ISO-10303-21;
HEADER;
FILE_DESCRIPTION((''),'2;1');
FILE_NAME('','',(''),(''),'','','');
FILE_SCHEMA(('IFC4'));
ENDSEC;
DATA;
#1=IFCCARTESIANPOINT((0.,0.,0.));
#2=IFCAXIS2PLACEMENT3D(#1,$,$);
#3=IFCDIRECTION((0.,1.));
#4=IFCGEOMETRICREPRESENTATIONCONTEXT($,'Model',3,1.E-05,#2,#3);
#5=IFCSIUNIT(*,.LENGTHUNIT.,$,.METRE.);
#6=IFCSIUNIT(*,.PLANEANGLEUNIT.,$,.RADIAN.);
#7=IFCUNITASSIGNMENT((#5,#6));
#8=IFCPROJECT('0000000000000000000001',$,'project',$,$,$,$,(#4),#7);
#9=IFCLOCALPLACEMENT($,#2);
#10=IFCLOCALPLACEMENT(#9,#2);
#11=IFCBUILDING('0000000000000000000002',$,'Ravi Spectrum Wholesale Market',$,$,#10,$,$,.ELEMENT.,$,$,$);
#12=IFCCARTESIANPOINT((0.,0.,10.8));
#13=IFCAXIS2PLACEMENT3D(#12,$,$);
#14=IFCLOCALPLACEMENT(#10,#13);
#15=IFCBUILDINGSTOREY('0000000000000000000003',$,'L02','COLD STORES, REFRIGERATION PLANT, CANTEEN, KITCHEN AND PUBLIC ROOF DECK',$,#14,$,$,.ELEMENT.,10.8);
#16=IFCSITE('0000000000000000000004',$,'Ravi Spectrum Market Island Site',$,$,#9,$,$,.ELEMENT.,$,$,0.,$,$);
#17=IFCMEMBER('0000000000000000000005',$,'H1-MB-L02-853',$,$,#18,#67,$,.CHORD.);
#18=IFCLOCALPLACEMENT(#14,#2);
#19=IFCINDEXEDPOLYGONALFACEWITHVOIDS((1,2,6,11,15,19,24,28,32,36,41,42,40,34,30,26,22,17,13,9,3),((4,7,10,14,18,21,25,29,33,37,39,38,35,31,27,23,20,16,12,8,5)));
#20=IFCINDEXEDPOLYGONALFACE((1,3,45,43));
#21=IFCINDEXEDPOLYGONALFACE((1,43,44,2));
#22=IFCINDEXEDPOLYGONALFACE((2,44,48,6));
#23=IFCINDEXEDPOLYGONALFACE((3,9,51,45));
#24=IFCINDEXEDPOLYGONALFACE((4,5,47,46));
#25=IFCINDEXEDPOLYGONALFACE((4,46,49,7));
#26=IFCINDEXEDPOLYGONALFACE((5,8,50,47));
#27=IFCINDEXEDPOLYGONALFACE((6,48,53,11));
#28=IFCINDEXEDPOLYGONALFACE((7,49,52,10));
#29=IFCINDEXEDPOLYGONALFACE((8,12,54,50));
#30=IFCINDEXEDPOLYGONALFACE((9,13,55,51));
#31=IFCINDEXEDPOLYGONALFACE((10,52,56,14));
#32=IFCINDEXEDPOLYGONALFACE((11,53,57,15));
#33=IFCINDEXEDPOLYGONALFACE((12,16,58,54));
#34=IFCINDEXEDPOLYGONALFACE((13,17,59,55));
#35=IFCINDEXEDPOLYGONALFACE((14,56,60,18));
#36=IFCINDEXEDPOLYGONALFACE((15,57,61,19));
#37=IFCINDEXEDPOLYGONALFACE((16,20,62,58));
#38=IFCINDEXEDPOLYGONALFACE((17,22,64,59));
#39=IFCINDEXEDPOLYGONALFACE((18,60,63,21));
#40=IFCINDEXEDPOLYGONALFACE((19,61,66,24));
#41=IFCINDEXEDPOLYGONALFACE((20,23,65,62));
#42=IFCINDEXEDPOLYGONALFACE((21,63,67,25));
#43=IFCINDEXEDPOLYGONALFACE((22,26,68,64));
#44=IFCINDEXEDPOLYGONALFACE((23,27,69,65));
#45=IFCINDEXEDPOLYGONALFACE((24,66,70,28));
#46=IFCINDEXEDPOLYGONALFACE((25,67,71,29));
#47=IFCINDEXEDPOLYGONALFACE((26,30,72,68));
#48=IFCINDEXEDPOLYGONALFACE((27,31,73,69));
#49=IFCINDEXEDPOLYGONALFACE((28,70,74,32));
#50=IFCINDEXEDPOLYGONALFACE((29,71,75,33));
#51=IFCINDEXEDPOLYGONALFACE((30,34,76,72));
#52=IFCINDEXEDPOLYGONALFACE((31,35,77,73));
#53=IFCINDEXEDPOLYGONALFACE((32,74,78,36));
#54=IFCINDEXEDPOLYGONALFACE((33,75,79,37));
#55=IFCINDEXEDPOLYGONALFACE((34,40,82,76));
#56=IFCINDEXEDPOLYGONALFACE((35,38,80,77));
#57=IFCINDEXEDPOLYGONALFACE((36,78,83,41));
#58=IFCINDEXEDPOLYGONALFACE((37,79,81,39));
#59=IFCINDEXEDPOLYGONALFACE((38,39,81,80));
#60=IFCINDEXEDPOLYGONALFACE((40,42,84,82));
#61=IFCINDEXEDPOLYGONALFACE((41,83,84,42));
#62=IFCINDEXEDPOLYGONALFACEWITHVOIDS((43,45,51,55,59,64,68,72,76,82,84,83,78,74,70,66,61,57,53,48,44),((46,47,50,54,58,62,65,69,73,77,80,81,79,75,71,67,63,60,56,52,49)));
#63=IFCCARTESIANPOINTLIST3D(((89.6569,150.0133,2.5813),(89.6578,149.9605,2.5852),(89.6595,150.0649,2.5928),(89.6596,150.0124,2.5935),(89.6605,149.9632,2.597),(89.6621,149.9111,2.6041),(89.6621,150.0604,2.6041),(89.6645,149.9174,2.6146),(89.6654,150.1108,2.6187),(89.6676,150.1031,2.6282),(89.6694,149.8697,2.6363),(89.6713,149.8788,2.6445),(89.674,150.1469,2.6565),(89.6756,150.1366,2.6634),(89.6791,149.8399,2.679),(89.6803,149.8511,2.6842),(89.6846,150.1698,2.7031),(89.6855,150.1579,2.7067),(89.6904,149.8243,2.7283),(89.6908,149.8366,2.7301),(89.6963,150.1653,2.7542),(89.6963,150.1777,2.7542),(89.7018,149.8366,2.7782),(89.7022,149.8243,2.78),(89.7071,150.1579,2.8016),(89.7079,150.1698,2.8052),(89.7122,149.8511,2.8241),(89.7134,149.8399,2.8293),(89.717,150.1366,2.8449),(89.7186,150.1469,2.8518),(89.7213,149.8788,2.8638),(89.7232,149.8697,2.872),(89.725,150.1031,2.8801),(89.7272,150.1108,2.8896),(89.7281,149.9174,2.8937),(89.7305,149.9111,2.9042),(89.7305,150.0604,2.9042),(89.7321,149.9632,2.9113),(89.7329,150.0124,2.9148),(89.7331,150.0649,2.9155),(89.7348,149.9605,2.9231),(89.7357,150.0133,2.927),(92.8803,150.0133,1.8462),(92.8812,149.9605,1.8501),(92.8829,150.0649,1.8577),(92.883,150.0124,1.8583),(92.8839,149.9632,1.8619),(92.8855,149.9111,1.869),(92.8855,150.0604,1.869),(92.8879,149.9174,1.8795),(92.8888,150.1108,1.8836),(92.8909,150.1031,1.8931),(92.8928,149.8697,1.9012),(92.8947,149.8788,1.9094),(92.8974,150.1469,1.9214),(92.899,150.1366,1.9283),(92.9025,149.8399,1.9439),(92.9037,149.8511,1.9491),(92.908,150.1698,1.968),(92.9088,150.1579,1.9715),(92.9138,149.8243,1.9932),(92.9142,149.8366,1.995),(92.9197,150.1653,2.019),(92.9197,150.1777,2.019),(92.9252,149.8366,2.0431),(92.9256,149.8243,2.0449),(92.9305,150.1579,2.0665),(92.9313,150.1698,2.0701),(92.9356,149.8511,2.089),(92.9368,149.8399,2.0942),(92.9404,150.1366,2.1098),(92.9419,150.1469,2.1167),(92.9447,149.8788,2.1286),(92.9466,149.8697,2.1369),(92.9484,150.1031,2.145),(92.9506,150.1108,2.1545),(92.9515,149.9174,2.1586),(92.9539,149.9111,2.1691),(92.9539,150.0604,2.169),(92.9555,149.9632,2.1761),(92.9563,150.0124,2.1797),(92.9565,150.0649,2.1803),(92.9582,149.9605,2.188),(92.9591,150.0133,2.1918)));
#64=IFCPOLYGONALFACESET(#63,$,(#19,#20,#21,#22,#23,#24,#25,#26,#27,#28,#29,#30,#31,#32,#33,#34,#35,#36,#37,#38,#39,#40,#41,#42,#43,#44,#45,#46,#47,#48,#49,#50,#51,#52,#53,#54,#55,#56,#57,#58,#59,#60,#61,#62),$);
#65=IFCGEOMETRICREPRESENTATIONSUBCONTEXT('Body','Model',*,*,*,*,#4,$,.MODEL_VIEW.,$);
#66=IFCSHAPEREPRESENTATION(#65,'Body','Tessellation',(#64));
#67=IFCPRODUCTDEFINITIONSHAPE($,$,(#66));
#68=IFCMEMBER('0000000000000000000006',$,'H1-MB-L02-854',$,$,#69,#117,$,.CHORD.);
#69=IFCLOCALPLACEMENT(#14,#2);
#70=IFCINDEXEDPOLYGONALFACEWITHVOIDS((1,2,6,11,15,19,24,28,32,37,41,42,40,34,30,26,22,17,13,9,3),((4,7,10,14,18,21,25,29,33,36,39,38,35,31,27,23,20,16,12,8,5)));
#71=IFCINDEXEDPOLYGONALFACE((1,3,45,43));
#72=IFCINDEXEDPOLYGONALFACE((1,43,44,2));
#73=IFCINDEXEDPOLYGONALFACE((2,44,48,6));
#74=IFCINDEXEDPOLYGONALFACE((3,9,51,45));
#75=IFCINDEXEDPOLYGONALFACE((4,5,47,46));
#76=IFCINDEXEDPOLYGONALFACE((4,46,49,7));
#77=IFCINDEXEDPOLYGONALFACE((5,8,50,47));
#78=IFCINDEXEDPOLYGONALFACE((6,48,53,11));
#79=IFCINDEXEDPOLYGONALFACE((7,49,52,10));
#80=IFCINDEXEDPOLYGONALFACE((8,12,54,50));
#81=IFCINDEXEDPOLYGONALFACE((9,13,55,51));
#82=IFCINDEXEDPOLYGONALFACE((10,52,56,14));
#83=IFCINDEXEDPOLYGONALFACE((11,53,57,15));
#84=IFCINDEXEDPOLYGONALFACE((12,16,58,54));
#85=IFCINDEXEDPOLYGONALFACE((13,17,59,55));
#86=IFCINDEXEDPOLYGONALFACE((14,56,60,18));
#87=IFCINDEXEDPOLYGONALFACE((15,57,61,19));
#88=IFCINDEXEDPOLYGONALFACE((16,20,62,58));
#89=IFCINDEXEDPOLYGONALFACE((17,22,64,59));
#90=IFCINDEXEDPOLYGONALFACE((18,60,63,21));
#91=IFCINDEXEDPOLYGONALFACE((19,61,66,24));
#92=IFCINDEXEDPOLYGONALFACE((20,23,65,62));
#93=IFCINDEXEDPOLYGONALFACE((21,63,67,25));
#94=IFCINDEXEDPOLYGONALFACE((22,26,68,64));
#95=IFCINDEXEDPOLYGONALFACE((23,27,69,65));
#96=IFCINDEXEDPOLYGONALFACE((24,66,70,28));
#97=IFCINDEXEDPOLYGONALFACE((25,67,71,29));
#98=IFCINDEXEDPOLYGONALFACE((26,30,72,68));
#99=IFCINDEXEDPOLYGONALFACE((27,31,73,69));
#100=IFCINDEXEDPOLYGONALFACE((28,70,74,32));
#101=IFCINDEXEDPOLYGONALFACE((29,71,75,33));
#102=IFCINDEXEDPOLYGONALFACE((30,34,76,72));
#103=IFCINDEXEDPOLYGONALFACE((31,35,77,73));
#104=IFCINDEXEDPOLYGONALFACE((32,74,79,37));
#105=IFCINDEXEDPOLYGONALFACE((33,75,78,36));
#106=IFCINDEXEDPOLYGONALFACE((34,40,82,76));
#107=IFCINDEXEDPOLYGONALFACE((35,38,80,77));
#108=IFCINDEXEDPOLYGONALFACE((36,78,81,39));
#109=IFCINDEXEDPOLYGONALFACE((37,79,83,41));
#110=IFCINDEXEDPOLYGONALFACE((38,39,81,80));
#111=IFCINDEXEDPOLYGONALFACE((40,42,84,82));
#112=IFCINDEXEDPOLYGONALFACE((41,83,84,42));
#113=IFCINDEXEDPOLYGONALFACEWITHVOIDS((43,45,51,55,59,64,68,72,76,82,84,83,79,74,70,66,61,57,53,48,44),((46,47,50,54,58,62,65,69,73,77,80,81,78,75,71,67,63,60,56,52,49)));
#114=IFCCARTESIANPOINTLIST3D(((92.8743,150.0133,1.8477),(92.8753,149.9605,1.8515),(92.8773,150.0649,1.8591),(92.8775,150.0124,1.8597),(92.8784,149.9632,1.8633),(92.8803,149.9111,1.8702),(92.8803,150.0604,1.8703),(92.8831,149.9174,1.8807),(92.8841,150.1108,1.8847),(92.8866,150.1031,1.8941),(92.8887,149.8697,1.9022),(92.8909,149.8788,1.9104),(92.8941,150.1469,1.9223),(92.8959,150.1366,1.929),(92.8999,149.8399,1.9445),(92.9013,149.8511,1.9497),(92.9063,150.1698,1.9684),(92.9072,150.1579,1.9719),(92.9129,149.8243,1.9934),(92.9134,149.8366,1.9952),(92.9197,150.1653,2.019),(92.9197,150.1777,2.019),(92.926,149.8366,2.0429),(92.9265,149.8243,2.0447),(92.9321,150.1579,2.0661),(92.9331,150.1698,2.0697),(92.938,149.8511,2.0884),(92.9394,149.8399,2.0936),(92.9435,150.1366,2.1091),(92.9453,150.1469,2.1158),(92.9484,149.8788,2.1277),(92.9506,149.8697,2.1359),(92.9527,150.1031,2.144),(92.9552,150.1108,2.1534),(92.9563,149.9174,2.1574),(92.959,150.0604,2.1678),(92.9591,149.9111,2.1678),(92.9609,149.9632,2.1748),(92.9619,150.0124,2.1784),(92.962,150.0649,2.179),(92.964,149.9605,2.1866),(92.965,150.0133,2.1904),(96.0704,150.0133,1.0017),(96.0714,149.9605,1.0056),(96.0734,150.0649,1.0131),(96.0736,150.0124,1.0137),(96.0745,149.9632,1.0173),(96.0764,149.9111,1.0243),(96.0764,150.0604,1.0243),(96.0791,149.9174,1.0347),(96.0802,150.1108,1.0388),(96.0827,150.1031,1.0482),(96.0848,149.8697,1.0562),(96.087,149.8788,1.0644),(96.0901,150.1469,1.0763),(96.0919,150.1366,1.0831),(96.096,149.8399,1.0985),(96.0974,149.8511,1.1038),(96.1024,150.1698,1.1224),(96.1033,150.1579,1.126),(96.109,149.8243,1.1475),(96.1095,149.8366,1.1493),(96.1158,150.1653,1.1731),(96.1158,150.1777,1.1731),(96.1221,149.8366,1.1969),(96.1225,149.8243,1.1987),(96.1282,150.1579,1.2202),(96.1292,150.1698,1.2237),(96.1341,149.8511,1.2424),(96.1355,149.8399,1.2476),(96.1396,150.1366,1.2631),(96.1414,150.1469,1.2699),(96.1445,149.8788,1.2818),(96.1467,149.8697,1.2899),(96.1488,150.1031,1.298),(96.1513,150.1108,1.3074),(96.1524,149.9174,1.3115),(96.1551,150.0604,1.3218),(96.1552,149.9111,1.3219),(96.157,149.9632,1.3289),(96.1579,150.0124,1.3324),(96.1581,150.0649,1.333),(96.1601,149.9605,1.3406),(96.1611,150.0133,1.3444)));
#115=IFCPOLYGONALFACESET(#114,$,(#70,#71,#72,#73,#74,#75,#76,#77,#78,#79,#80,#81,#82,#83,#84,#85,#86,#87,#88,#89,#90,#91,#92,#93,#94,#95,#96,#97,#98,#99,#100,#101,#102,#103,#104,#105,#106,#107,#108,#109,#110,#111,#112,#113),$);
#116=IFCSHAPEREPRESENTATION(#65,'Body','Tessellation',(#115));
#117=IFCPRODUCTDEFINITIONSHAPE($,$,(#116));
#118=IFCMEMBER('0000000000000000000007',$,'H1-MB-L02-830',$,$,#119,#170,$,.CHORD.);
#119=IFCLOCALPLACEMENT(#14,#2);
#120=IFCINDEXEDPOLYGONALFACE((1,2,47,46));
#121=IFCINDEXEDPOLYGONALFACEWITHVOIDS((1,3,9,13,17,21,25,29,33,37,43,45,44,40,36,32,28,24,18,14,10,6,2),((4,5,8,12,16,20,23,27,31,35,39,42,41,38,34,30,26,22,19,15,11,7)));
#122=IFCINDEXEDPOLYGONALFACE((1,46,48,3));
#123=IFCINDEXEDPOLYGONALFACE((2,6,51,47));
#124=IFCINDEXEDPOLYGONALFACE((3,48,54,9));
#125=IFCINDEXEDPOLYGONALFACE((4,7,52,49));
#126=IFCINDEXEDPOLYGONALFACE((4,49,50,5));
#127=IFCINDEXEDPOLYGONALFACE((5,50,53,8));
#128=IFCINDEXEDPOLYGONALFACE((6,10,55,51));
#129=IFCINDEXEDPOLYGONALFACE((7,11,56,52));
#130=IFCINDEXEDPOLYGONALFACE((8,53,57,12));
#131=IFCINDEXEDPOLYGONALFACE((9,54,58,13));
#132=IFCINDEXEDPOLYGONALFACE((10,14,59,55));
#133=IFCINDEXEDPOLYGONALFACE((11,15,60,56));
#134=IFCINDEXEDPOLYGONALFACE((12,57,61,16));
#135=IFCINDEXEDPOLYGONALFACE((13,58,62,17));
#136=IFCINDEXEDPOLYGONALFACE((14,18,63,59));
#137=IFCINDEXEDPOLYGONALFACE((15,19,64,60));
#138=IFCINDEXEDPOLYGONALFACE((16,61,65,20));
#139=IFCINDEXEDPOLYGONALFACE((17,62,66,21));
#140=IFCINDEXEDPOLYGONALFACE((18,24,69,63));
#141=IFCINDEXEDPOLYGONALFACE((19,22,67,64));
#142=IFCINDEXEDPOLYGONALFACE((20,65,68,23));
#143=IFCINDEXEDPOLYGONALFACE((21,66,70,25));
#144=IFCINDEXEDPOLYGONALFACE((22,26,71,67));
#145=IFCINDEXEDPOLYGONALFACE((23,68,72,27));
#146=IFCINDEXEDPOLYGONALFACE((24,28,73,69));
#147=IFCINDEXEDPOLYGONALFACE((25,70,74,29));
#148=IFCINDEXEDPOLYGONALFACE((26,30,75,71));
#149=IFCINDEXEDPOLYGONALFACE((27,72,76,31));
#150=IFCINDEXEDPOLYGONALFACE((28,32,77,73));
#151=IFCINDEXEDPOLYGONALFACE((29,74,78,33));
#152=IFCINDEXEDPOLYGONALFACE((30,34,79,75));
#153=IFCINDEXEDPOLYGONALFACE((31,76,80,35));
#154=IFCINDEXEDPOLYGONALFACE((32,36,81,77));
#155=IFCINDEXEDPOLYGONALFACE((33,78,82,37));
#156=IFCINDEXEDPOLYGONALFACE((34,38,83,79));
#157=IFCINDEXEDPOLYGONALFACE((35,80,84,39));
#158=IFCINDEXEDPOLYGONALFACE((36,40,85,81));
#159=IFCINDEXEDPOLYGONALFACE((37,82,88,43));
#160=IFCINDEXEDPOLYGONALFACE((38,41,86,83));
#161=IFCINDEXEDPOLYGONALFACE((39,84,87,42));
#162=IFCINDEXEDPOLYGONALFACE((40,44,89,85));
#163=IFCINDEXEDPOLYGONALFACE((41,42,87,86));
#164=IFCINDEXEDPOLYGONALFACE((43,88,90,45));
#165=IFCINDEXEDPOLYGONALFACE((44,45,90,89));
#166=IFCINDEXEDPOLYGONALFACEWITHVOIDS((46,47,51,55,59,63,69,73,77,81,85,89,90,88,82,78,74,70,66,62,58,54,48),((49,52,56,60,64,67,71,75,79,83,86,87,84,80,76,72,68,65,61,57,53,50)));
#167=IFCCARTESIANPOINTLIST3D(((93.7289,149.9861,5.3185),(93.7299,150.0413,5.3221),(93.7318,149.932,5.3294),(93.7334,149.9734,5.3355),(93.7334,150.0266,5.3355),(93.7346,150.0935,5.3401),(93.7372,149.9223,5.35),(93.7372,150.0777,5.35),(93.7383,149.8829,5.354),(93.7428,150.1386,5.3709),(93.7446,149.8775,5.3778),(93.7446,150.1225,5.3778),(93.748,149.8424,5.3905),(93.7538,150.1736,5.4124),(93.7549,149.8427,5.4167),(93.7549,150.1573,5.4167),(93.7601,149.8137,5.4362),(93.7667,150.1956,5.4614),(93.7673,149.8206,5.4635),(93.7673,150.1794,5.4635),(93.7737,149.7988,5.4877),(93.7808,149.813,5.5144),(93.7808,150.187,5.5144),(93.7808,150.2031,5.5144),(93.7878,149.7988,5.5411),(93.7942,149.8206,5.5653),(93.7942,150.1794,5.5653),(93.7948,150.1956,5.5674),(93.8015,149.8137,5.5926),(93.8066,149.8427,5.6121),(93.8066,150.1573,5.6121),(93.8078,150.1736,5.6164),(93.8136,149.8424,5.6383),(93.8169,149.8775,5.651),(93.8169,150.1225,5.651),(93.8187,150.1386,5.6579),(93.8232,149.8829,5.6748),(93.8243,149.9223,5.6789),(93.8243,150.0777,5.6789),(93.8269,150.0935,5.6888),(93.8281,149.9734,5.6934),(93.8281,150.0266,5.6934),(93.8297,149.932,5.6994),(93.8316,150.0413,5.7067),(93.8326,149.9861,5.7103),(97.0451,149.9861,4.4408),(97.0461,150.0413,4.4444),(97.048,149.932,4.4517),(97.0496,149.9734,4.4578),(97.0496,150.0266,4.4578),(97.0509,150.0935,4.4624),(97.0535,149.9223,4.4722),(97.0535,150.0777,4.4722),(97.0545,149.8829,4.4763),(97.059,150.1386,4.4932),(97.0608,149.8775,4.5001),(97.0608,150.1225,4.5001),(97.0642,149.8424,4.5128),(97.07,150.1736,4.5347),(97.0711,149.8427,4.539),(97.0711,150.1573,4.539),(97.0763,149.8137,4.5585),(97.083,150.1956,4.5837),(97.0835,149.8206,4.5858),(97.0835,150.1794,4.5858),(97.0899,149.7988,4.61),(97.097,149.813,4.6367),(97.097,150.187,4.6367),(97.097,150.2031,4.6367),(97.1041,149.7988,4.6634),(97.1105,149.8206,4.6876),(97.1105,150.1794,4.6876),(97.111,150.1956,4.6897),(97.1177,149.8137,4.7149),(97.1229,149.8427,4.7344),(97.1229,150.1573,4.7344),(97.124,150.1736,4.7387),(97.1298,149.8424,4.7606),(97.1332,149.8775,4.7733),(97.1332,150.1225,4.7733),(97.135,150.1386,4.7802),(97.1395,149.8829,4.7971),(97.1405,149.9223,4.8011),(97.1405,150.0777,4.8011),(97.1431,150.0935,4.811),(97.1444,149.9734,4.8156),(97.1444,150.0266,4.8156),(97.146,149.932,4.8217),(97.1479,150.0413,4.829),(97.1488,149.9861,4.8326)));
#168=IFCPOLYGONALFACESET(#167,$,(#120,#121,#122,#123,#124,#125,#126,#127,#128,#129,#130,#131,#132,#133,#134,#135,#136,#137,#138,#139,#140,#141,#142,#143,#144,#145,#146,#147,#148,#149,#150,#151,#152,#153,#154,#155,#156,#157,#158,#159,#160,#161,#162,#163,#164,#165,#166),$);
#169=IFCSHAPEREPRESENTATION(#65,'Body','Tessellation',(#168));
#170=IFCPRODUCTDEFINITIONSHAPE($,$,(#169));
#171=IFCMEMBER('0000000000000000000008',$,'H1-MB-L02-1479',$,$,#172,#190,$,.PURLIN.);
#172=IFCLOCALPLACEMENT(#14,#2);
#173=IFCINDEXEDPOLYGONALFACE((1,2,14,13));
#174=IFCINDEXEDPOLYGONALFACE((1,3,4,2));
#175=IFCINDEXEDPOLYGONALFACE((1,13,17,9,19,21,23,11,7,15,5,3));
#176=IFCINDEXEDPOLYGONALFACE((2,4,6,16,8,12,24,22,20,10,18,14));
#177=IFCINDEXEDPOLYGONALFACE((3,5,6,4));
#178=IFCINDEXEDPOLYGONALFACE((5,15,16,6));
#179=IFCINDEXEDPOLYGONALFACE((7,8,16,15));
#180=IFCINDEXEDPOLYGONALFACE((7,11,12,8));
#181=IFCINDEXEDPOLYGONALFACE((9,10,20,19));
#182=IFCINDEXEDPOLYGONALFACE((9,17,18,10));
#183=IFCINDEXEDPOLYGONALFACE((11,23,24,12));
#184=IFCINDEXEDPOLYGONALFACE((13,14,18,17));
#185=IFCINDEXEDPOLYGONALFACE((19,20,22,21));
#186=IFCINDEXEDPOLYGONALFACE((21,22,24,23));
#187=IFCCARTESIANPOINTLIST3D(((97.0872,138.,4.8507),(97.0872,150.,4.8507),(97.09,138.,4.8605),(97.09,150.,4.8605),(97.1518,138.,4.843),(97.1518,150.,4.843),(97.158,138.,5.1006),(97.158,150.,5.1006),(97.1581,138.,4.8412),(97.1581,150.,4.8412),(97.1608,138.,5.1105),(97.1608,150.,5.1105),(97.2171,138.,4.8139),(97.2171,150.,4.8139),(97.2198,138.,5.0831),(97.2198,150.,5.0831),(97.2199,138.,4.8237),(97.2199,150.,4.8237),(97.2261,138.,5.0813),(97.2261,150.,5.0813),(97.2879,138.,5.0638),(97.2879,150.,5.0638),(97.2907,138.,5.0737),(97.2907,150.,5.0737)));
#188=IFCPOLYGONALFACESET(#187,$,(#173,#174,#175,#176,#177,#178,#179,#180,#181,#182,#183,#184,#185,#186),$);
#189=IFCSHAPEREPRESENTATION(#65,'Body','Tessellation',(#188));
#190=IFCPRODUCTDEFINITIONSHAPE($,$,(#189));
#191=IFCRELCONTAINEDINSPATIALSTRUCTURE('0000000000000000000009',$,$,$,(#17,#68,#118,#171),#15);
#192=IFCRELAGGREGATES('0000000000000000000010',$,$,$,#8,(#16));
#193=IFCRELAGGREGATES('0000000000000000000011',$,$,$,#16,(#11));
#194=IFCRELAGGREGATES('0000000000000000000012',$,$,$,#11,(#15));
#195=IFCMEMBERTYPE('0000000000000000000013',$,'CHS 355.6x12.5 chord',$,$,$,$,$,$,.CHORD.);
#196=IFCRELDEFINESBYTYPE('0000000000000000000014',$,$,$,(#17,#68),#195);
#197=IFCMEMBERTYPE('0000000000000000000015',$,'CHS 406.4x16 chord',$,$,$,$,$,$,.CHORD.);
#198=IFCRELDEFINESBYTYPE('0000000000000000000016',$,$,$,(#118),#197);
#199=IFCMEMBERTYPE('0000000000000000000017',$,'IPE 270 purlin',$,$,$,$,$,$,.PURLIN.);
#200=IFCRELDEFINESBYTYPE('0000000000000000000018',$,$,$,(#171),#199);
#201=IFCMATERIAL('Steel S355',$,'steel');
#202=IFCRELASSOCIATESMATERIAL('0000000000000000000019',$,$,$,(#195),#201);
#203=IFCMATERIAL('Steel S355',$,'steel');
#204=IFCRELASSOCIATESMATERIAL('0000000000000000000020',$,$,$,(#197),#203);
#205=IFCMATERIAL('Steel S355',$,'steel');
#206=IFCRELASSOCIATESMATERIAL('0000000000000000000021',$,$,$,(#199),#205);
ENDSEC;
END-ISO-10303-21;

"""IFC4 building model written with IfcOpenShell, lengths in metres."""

from ifc_helpers import new_model, si_unit, direction, frame, origin, origin_2d, place, context, subcontext, project, spatial, hollow_circle, i_section, extrude, material, material_profile, profile_set, type_object, element, save


model = new_model("IFC4")

# Units and contexts
model_context = context("Model", 3, precision=1e-05, world=origin(), true_north=direction((0.0, 1.0)))
body_context = subcontext(model_context, "Body", "Model", "MODEL_VIEW")
ifc_project = project(units=[si_unit("LENGTHUNIT", "METRE"), si_unit("PLANEANGLEUNIT", "RADIAN")], contexts=[model_context])

# Site, building, storey
site_placement = place(None, origin())
site = spatial("IfcSite", under=ifc_project, at=site_placement, Name="Ravi Spectrum Market Island Site", CompositionType="ELEMENT", RefElevation=0.0)
building_placement = place(site_placement, origin())
building = spatial("IfcBuilding", under=site, at=building_placement, Name="Ravi Spectrum Wholesale Market", CompositionType="ELEMENT")
storey_placement = place(building_placement, frame((0.0, 0.0, 10.8)))
storey = spatial("IfcBuildingStorey", under=building, at=storey_placement, Name="L02", Description="COLD STORES, REFRIGERATION PLANT, CANTEEN, KITCHEN AND PUBLIC ROOF DECK", CompositionType="ELEMENT", Elevation=10.8)

# Members
ifc_material_1 = material(Name="Steel S355", Category="steel")
ifc_material_profile_1 = material_profile(ifc_material_1, hollow_circle(Radius=0.1777, WallThickness=0.0125, at=origin_2d()))
ifc_profile_set_1 = profile_set([ifc_material_profile_1], Name="Steel S355")
member_type_1 = type_object("IfcMemberType", Name="CHS 355.6x12.5 chord", PredefinedType="CHORD", material=ifc_profile_set_1)
for number, where, z_axis, x_axis, name in (
    (1, (89.6963, 150.0, 2.7542), (0.974968, 0.0, -0.222346), (0.0, 1.0, 0.0), "H1-MB-L02-853"),
    (2, (92.9197, 150.0, 2.019), (0.96671, 0.0, -0.255874), (0.0, 1.0, 0.0), "H1-MB-L02-854"),
):
    element("IfcMember", number, at=place(storey_placement, frame(where, z_axis=z_axis, x_axis=x_axis)), inside=storey, type_object=member_type_1, Name=name, PredefinedType="CHORD", context=body_context, shape_type="SweptSolid", body=[
        extrude(hollow_circle(Radius=0.1777, WallThickness=0.0125, at=origin_2d()), origin(), (0.0, 0.0, 1.0), 3.3062),
    ])
ifc_material_2 = material(Name="Steel S355", Category="steel")
ifc_material_profile_2 = material_profile(ifc_material_2, hollow_circle(Radius=0.2031, WallThickness=0.0161, at=origin_2d()))
ifc_profile_set_2 = profile_set([ifc_material_profile_2], Name="Steel S355")
member_type_2 = type_object("IfcMemberType", Name="CHS 406.4x16 chord", PredefinedType="CHORD", material=ifc_profile_set_2)
member_1_placement = place(storey_placement, frame((93.7808, 150.0, 5.5144), z_axis=(0.966714, 0.0, -0.255859), x_axis=(0.0, 1.0, 0.0)))
element("IfcMember", 3, at=member_1_placement, inside=storey, type_object=member_type_2, Name="H1-MB-L02-830", PredefinedType="CHORD", context=body_context, shape_type="SweptSolid", body=[
    extrude(hollow_circle(Radius=0.2031, WallThickness=0.0161, at=origin_2d()), origin(), (0.0, 0.0, 1.0), 3.4304),
])
ifc_material_3 = material(Name="Steel S355", Category="steel")
ifc_material_profile_3 = material_profile(ifc_material_3, i_section(OverallWidth=0.135, OverallDepth=0.27, WebThickness=0.0066, FlangeThickness=0.0103, at=origin_2d()))
ifc_profile_set_3 = profile_set([ifc_material_profile_3], Name="Steel S355")
member_type_3 = type_object("IfcMemberType", Name="IPE 270 purlin", PredefinedType="PURLIN", material=ifc_profile_set_3)
for number, where, z_axis, x_axis, name in (
    (4, (97.189, 138.0, 4.9622), (0.0, 1.0, 0.0), (-0.962156, 0.0, 0.272499), "H1-MB-L02-1479"),
):
    element("IfcMember", number, at=place(storey_placement, frame(where, z_axis=z_axis, x_axis=x_axis)), inside=storey, type_object=member_type_3, Name=name, PredefinedType="PURLIN", context=body_context, shape_type="SweptSolid", body=[
        extrude(i_section(OverallWidth=0.135, OverallDepth=0.27, WebThickness=0.0066, FlangeThickness=0.0103, at=origin_2d()), origin(), (0.0, 0.0, 1.0), 12.0),
    ])

save(model, "model.ifc")
